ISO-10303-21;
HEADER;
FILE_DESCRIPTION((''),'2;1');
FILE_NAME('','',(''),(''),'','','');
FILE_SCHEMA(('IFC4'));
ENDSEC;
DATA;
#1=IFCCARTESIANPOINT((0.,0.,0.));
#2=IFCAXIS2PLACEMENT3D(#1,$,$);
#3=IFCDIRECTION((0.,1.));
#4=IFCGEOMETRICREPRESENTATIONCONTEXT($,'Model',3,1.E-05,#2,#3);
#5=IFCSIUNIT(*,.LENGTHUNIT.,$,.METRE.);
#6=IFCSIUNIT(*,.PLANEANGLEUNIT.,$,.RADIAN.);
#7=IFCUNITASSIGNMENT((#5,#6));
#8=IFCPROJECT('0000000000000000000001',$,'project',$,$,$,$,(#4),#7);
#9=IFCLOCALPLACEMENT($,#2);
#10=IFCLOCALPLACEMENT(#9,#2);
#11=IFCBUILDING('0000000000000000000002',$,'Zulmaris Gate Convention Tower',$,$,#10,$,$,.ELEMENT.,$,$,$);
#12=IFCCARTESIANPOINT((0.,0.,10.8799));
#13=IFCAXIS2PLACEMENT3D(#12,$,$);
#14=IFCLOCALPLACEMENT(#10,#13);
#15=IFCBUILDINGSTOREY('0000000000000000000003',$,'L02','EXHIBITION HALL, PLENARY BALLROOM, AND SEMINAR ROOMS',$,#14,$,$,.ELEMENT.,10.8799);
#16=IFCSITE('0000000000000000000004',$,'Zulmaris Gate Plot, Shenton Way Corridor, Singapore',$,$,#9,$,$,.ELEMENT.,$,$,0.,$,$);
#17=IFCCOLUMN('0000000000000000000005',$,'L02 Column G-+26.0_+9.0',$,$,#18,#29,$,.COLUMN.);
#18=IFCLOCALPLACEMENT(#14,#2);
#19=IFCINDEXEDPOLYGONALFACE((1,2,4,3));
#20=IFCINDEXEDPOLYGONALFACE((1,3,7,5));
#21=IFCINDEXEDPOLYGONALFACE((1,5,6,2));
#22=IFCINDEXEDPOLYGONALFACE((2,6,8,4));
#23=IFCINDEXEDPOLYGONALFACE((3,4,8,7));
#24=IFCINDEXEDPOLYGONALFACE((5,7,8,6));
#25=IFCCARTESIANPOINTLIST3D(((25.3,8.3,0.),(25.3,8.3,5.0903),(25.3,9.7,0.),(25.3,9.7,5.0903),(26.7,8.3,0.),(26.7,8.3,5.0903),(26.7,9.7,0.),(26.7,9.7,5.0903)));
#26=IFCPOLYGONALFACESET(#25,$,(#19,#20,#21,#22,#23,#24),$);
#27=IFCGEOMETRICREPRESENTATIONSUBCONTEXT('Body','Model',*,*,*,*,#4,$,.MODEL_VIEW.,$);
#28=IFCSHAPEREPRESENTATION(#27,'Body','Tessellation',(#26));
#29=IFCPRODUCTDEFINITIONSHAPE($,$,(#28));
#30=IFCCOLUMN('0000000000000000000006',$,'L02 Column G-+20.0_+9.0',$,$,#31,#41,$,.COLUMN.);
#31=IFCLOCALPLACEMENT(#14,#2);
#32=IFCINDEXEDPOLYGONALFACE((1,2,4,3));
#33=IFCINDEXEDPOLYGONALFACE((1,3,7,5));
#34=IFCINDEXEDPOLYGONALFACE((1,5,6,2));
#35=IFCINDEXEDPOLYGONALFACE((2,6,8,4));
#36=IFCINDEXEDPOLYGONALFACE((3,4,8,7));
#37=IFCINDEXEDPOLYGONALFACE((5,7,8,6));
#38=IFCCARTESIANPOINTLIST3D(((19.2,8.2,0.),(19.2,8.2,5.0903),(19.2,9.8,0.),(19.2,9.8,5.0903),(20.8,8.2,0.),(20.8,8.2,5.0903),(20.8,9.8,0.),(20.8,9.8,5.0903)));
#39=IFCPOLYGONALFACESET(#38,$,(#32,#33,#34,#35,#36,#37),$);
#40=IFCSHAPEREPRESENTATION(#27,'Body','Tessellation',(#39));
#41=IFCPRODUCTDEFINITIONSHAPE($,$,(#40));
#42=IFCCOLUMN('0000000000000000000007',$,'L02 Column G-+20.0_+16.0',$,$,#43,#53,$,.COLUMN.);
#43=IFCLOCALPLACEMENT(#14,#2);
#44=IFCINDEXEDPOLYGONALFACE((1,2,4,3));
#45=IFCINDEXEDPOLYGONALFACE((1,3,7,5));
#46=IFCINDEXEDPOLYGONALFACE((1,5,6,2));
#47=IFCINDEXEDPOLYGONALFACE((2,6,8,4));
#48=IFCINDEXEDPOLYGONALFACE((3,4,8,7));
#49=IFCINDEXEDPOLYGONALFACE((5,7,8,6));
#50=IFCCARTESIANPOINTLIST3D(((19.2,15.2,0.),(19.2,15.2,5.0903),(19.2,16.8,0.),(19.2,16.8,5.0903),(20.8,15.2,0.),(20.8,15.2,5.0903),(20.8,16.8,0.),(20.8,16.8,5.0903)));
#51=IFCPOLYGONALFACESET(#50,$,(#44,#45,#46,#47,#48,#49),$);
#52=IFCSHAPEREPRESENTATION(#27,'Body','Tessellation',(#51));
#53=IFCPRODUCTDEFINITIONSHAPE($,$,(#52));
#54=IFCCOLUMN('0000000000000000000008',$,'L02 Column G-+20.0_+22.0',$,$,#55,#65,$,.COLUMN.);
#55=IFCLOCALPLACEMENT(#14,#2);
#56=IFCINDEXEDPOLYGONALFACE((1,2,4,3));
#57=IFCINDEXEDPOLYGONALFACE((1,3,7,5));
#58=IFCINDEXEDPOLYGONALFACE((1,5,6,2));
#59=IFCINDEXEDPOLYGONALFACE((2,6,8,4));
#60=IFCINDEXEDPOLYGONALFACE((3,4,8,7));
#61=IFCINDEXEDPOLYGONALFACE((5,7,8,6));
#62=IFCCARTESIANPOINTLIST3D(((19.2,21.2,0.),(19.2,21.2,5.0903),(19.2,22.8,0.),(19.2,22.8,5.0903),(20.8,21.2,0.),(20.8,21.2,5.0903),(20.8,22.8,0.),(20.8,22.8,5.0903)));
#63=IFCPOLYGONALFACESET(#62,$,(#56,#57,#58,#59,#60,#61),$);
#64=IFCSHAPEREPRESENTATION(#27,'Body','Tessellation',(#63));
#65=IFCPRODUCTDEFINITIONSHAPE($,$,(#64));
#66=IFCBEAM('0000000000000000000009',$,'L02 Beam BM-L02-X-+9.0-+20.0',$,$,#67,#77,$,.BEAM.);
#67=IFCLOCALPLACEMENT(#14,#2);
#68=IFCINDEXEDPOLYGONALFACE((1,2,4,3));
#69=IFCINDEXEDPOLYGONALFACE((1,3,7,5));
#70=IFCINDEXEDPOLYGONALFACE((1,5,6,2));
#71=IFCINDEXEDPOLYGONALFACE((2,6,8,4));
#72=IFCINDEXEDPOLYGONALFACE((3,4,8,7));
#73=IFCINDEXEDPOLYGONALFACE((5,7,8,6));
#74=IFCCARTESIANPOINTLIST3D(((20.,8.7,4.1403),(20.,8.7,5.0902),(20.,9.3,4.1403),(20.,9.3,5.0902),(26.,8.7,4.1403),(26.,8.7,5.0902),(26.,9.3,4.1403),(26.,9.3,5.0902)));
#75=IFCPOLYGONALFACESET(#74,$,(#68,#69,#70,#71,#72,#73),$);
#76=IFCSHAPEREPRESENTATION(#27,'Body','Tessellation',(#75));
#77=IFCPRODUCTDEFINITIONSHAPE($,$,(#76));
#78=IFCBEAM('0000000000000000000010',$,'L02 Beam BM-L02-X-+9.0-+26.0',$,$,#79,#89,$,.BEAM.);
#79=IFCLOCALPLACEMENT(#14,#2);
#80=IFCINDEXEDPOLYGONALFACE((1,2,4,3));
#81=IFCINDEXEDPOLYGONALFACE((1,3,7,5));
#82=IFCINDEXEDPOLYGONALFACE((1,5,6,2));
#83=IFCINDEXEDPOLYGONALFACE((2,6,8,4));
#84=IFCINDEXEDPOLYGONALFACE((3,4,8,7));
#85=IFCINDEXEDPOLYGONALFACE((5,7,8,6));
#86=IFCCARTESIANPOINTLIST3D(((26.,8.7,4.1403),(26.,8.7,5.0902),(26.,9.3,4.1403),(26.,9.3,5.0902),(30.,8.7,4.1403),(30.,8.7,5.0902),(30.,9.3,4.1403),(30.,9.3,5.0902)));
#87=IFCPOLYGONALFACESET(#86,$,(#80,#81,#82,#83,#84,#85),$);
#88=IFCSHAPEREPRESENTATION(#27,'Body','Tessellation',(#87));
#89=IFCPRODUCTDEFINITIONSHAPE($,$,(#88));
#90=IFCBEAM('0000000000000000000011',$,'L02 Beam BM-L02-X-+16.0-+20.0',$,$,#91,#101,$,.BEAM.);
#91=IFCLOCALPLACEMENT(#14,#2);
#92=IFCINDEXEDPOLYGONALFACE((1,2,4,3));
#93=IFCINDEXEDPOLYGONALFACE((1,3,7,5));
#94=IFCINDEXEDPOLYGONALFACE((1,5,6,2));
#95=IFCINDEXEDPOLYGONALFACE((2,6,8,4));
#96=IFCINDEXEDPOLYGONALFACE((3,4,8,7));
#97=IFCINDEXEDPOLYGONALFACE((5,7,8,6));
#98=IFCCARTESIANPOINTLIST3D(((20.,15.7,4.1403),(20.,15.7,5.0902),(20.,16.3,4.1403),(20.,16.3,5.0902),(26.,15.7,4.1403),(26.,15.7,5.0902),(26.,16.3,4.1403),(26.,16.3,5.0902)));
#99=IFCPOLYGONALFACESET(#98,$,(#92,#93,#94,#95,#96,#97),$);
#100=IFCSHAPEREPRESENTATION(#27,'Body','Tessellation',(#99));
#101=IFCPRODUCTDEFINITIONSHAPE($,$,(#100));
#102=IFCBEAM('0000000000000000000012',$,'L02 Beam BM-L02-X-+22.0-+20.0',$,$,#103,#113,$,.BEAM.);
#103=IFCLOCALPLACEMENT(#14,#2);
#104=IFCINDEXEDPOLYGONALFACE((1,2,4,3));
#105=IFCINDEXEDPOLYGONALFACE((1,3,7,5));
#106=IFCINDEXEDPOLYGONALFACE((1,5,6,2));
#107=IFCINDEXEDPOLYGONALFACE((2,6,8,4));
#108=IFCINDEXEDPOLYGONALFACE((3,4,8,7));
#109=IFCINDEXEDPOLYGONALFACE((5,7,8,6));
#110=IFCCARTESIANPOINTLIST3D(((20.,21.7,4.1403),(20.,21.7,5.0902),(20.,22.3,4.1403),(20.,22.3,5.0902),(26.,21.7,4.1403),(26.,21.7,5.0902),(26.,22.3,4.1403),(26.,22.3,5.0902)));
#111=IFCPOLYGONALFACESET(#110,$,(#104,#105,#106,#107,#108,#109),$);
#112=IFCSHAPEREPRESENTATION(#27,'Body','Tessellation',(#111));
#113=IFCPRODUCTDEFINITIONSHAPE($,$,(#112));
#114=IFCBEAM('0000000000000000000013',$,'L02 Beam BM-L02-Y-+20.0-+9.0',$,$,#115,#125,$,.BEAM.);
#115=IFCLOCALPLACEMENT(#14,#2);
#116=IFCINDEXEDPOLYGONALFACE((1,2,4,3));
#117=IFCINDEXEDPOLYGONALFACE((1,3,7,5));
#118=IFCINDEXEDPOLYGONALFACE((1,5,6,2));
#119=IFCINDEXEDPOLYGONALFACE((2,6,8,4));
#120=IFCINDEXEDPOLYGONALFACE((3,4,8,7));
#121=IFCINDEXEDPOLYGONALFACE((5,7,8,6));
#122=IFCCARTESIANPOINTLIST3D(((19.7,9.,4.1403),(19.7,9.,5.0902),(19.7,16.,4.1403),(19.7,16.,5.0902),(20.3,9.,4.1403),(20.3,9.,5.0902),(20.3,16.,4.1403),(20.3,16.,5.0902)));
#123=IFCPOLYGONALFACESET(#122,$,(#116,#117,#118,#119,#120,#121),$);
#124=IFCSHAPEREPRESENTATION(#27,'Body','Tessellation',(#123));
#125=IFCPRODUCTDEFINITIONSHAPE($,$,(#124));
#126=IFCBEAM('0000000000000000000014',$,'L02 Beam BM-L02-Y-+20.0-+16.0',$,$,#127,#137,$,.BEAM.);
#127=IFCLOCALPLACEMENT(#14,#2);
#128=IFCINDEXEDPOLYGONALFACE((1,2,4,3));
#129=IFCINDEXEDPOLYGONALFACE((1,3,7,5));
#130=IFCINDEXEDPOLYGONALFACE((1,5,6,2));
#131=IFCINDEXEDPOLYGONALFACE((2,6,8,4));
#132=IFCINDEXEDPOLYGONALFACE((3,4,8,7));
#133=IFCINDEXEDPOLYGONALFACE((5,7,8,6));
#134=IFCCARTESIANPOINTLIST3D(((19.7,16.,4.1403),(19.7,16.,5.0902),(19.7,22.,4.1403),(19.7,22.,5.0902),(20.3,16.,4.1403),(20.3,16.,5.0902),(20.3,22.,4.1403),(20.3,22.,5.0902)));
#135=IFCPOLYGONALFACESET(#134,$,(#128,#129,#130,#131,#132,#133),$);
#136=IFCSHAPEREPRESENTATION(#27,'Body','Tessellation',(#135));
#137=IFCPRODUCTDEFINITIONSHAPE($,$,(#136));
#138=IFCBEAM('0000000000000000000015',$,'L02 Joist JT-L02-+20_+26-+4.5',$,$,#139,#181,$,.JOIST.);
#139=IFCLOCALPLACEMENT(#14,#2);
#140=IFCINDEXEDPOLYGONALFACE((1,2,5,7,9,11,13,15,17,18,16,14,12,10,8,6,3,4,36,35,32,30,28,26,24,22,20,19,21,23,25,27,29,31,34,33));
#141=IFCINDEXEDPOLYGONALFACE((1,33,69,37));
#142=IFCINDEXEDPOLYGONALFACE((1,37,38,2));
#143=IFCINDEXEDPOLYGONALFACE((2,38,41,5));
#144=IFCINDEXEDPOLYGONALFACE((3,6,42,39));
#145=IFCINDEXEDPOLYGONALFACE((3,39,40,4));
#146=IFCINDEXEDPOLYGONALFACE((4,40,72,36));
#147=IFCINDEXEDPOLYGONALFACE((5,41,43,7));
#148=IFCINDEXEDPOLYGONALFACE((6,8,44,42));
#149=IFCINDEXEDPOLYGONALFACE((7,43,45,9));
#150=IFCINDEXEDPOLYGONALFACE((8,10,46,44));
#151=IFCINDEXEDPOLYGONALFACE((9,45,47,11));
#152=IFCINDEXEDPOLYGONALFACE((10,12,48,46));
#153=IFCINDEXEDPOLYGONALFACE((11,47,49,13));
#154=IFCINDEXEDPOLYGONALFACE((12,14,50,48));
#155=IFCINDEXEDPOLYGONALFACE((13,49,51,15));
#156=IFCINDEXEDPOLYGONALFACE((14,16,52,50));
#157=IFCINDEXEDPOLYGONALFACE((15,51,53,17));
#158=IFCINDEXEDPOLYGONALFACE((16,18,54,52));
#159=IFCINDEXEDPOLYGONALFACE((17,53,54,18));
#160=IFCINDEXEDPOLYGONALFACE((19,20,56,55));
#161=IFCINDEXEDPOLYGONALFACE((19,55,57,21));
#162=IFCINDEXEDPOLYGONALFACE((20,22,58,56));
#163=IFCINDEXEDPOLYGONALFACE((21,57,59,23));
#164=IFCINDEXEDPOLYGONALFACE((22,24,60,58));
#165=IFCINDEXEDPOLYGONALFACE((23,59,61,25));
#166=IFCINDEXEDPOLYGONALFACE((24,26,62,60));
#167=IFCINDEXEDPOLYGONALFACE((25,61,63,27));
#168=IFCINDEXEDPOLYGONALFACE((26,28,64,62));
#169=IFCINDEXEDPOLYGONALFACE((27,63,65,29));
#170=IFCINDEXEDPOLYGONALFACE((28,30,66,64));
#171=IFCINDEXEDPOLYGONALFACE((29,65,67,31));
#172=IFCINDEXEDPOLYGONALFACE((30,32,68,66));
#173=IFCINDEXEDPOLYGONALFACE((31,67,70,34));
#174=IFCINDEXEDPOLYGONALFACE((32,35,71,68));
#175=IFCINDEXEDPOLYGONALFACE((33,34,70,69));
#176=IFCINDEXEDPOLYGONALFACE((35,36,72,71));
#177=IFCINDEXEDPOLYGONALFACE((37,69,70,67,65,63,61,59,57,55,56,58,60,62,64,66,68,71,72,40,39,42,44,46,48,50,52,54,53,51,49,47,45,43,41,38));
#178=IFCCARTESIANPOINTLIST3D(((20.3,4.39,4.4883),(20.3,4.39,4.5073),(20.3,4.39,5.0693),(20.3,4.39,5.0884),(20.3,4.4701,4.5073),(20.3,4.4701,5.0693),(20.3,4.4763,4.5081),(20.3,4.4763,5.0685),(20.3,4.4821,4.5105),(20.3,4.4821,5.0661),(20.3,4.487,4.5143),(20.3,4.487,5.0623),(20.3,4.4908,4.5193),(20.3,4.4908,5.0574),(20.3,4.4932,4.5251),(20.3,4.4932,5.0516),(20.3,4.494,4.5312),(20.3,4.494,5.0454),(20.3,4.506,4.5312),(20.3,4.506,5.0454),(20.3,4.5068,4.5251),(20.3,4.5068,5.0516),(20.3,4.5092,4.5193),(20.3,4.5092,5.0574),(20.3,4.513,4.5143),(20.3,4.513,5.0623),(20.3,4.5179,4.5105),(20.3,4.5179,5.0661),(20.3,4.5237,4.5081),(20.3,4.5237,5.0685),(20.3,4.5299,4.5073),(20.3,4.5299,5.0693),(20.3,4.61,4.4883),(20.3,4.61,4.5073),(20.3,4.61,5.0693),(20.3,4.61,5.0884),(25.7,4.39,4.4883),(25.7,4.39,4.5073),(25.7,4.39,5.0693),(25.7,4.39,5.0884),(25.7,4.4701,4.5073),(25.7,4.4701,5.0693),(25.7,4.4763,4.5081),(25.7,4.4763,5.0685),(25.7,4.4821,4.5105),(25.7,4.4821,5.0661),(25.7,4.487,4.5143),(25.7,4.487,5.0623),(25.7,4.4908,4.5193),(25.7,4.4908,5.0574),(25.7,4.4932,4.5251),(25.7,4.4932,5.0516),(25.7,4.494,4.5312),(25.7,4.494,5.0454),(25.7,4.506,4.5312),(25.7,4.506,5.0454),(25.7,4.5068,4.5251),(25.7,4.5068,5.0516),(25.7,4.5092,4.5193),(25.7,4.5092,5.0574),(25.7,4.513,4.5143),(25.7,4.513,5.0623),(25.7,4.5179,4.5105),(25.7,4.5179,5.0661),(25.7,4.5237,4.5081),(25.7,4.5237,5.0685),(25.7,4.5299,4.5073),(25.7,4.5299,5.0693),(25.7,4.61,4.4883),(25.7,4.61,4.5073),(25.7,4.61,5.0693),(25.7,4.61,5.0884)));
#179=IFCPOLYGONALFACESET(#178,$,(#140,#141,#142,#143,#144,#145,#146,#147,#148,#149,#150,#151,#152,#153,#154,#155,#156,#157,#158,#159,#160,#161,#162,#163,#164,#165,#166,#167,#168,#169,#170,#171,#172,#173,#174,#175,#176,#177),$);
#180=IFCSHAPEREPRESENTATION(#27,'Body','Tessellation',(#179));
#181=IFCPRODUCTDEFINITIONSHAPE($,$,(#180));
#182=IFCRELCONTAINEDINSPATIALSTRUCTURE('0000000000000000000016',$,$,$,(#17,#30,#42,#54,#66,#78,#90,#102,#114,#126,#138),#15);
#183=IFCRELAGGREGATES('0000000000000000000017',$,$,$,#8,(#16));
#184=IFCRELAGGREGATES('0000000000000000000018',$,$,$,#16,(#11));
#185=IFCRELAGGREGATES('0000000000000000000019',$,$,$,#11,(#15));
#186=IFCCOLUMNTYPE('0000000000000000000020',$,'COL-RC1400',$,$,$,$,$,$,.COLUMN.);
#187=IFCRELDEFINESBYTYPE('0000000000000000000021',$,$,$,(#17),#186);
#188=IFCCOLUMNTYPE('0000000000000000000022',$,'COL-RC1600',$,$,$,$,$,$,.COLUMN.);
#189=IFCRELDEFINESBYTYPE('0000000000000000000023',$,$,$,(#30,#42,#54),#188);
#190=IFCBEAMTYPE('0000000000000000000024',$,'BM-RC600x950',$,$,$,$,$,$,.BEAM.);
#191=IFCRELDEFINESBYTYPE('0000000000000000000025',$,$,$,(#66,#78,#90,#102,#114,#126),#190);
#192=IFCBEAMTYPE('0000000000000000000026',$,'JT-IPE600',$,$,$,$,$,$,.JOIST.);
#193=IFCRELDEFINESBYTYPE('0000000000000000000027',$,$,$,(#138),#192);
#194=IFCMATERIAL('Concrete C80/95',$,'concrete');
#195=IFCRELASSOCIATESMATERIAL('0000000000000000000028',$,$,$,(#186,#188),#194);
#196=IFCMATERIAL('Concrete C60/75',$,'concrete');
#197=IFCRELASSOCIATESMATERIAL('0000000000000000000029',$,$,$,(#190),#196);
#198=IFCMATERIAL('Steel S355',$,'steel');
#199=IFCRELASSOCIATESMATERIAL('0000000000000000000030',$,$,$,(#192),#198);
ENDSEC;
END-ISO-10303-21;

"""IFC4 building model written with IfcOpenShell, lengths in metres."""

from ifc_helpers import new_model, si_unit, direction, frame, origin, origin_2d, place, context, subcontext, project, spatial, rectangle, i_section, extrude, material, material_profile, profile_set, type_object, element, save


model = new_model("IFC4")

# Units and contexts
model_context = context("Model", 3, precision=1e-05, world=origin(), true_north=direction((0.0, 1.0)))
body_context = subcontext(model_context, "Body", "Model", "MODEL_VIEW")
ifc_project = project(units=[si_unit("LENGTHUNIT", "METRE"), si_unit("PLANEANGLEUNIT", "RADIAN")], contexts=[model_context])

# Site, building, storey
site_placement = place(None, origin())
site = spatial("IfcSite", under=ifc_project, at=site_placement, Name="Zulmaris Gate Plot, Shenton Way Corridor, Singapore", CompositionType="ELEMENT", RefElevation=0.0)
building_placement = place(site_placement, origin())
building = spatial("IfcBuilding", under=site, at=building_placement, Name="Zulmaris Gate Convention Tower", CompositionType="ELEMENT")
storey_placement = place(building_placement, frame((0.0, 0.0, 10.8799)))
storey = spatial("IfcBuildingStorey", under=building, at=storey_placement, Name="L02", Description="EXHIBITION HALL, PLENARY BALLROOM, AND SEMINAR ROOMS", CompositionType="ELEMENT", Elevation=10.8799)

# Columns
ifc_material_1 = material(Name="Concrete C80/95", Category="concrete")
ifc_material_profile_1 = material_profile(ifc_material_1, rectangle(XDim=1.3999, YDim=1.3999, at=origin_2d()), Name="RC COL 1400x1400")
ifc_profile_set_1 = profile_set([ifc_material_profile_1], Name="Concrete C80/95")
column_type_1 = type_object("IfcColumnType", Name="COL-RC1400", PredefinedType="COLUMN", material=ifc_profile_set_1)
column_placement = place(storey_placement, frame((26.0, 9.0, 0.0), z_axis=(0.0, 0.0, 1.0), x_axis=(1.0, 0.0, 0.0)))
element("IfcColumn", 1, at=column_placement, inside=storey, type_object=column_type_1, Name="L02 Column G-+26.0_+9.0", PredefinedType="COLUMN", context=body_context, shape_type="SweptSolid", body=[
    extrude(rectangle(XDim=1.3999, YDim=1.3999, at=origin_2d()), origin(), (0.0, 0.0, 1.0), 5.0903),
])
ifc_material_profile_2 = material_profile(ifc_material_1, rectangle(XDim=1.6001, YDim=1.6001, at=origin_2d()), Name="RC COL 1600x1600")
ifc_profile_set_2 = profile_set([ifc_material_profile_2], Name="Concrete C80/95")
column_type_2 = type_object("IfcColumnType", Name="COL-RC1600", PredefinedType="COLUMN", material=ifc_profile_set_2)
for number, where, z_axis, x_axis, name in (
    (2, (20.0, 9.0, 0.0), (0.0, 0.0, 1.0), (1.0, 0.0, 0.0), "L02 Column G-+20.0_+9.0"),
    (3, (20.0, 16.0, 0.0), (0.0, 0.0, 1.0), (1.0, 0.0, 0.0), "L02 Column G-+20.0_+16.0"),
    (4, (20.0, 22.0, 0.0), (0.0, 0.0, 1.0), (1.0, 0.0, 0.0), "L02 Column G-+20.0_+22.0"),
):
    element("IfcColumn", number, at=place(storey_placement, frame(where, z_axis=z_axis, x_axis=x_axis)), inside=storey, type_object=column_type_2, Name=name, PredefinedType="COLUMN", context=body_context, shape_type="SweptSolid", body=[
        extrude(rectangle(XDim=1.6001, YDim=1.6001, at=origin_2d()), origin(), (0.0, 0.0, 1.0), 5.0903),
    ])

# Beams
ifc_material_2 = material(Name="Concrete C60/75", Category="concrete")
ifc_material_profile_3 = material_profile(ifc_material_2, rectangle(XDim=0.6001, YDim=0.95, at=origin_2d()), Name="RC BEAM 600x950")
ifc_profile_set_3 = profile_set([ifc_material_profile_3], Name="Concrete C60/75")
beam_type_1 = type_object("IfcBeamType", Name="BM-RC600x950", PredefinedType="BEAM", material=ifc_profile_set_3)
beam_1_placement = place(storey_placement, frame((20.0, 9.0, 4.6152), z_axis=(1.0, 0.0, 0.0), x_axis=(0.0, 1.0, 0.0)))
element("IfcBeam", 5, at=beam_1_placement, inside=storey, type_object=beam_type_1, Name="L02 Beam BM-L02-X-+9.0-+20.0", PredefinedType="BEAM", context=body_context, shape_type="SweptSolid", body=[
    extrude(rectangle(XDim=0.6001, YDim=0.95, at=origin_2d()), origin(), (0.0, 0.0, 1.0), 6.0),
])
beam_2_placement = place(storey_placement, frame((26.0, 9.0, 4.6152), z_axis=(1.0, 0.0, 0.0), x_axis=(0.0, 1.0, 0.0)))
element("IfcBeam", 6, at=beam_2_placement, inside=storey, type_object=beam_type_1, Name="L02 Beam BM-L02-X-+9.0-+26.0", PredefinedType="BEAM", context=body_context, shape_type="SweptSolid", body=[
    extrude(rectangle(XDim=0.6001, YDim=0.95, at=origin_2d()), origin(), (0.0, 0.0, 1.0), 4.0),
])
for number, where, z_axis, x_axis, name in (
    (7, (20.0, 16.0, 4.6152), (1.0, 0.0, 0.0), (0.0, 1.0, 0.0), "L02 Beam BM-L02-X-+16.0-+20.0"),
    (8, (20.0, 22.0, 4.6152), (1.0, 0.0, 0.0), (0.0, 1.0, 0.0), "L02 Beam BM-L02-X-+22.0-+20.0"),
):
    element("IfcBeam", number, at=place(storey_placement, frame(where, z_axis=z_axis, x_axis=x_axis)), inside=storey, type_object=beam_type_1, Name=name, PredefinedType="BEAM", context=body_context, shape_type="SweptSolid", body=[
        extrude(rectangle(XDim=0.6001, YDim=0.95, at=origin_2d()), origin(), (0.0, 0.0, 1.0), 6.0),
    ])
beam_3_placement = place(storey_placement, frame((20.0, 9.0, 4.6152), z_axis=(0.0, 1.0, 0.0), x_axis=(-1.0, 0.0, 0.0)))
element("IfcBeam", 9, at=beam_3_placement, inside=storey, type_object=beam_type_1, Name="L02 Beam BM-L02-Y-+20.0-+9.0", PredefinedType="BEAM", context=body_context, shape_type="SweptSolid", body=[
    extrude(rectangle(XDim=0.6001, YDim=0.95, at=origin_2d()), origin(), (0.0, 0.0, 1.0), 7.0),
])
beam_4_placement = place(storey_placement, frame((20.0, 16.0, 4.6152), z_axis=(0.0, 1.0, 0.0), x_axis=(-1.0, 0.0, 0.0)))
element("IfcBeam", 10, at=beam_4_placement, inside=storey, type_object=beam_type_1, Name="L02 Beam BM-L02-Y-+20.0-+16.0", PredefinedType="BEAM", context=body_context, shape_type="SweptSolid", body=[
    extrude(rectangle(XDim=0.6001, YDim=0.95, at=origin_2d()), origin(), (0.0, 0.0, 1.0), 6.0),
])
ifc_material_3 = material(Name="Steel S355", Category="steel")
ifc_material_profile_4 = material_profile(ifc_material_3, i_section(OverallWidth=0.22, OverallDepth=0.6001, WebThickness=0.012, FlangeThickness=0.019, FilletRadius=0.0239, at=origin_2d()), Name="IPE 600")
ifc_profile_set_4 = profile_set([ifc_material_profile_4], Name="Steel S355")
beam_type_2 = type_object("IfcBeamType", Name="JT-IPE600", PredefinedType="JOIST", material=ifc_profile_set_4)
for number, where, z_axis, x_axis, name in (
    (11, (20.3, 4.5, 4.7883), (1.0, 0.0, 0.0), (0.0, 1.0, 0.0), "L02 Joist JT-L02-+20_+26-+4.5"),
):
    element("IfcBeam", number, at=place(storey_placement, frame(where, z_axis=z_axis, x_axis=x_axis)), inside=storey, type_object=beam_type_2, Name=name, PredefinedType="JOIST", context=body_context, shape_type="SweptSolid", body=[
        extrude(i_section(OverallWidth=0.22, OverallDepth=0.6001, WebThickness=0.012, FlangeThickness=0.019, FilletRadius=0.0239, at=origin_2d()), origin(), (0.0, 0.0, 1.0), 5.3999),
    ])

save(model, "model.ifc")
